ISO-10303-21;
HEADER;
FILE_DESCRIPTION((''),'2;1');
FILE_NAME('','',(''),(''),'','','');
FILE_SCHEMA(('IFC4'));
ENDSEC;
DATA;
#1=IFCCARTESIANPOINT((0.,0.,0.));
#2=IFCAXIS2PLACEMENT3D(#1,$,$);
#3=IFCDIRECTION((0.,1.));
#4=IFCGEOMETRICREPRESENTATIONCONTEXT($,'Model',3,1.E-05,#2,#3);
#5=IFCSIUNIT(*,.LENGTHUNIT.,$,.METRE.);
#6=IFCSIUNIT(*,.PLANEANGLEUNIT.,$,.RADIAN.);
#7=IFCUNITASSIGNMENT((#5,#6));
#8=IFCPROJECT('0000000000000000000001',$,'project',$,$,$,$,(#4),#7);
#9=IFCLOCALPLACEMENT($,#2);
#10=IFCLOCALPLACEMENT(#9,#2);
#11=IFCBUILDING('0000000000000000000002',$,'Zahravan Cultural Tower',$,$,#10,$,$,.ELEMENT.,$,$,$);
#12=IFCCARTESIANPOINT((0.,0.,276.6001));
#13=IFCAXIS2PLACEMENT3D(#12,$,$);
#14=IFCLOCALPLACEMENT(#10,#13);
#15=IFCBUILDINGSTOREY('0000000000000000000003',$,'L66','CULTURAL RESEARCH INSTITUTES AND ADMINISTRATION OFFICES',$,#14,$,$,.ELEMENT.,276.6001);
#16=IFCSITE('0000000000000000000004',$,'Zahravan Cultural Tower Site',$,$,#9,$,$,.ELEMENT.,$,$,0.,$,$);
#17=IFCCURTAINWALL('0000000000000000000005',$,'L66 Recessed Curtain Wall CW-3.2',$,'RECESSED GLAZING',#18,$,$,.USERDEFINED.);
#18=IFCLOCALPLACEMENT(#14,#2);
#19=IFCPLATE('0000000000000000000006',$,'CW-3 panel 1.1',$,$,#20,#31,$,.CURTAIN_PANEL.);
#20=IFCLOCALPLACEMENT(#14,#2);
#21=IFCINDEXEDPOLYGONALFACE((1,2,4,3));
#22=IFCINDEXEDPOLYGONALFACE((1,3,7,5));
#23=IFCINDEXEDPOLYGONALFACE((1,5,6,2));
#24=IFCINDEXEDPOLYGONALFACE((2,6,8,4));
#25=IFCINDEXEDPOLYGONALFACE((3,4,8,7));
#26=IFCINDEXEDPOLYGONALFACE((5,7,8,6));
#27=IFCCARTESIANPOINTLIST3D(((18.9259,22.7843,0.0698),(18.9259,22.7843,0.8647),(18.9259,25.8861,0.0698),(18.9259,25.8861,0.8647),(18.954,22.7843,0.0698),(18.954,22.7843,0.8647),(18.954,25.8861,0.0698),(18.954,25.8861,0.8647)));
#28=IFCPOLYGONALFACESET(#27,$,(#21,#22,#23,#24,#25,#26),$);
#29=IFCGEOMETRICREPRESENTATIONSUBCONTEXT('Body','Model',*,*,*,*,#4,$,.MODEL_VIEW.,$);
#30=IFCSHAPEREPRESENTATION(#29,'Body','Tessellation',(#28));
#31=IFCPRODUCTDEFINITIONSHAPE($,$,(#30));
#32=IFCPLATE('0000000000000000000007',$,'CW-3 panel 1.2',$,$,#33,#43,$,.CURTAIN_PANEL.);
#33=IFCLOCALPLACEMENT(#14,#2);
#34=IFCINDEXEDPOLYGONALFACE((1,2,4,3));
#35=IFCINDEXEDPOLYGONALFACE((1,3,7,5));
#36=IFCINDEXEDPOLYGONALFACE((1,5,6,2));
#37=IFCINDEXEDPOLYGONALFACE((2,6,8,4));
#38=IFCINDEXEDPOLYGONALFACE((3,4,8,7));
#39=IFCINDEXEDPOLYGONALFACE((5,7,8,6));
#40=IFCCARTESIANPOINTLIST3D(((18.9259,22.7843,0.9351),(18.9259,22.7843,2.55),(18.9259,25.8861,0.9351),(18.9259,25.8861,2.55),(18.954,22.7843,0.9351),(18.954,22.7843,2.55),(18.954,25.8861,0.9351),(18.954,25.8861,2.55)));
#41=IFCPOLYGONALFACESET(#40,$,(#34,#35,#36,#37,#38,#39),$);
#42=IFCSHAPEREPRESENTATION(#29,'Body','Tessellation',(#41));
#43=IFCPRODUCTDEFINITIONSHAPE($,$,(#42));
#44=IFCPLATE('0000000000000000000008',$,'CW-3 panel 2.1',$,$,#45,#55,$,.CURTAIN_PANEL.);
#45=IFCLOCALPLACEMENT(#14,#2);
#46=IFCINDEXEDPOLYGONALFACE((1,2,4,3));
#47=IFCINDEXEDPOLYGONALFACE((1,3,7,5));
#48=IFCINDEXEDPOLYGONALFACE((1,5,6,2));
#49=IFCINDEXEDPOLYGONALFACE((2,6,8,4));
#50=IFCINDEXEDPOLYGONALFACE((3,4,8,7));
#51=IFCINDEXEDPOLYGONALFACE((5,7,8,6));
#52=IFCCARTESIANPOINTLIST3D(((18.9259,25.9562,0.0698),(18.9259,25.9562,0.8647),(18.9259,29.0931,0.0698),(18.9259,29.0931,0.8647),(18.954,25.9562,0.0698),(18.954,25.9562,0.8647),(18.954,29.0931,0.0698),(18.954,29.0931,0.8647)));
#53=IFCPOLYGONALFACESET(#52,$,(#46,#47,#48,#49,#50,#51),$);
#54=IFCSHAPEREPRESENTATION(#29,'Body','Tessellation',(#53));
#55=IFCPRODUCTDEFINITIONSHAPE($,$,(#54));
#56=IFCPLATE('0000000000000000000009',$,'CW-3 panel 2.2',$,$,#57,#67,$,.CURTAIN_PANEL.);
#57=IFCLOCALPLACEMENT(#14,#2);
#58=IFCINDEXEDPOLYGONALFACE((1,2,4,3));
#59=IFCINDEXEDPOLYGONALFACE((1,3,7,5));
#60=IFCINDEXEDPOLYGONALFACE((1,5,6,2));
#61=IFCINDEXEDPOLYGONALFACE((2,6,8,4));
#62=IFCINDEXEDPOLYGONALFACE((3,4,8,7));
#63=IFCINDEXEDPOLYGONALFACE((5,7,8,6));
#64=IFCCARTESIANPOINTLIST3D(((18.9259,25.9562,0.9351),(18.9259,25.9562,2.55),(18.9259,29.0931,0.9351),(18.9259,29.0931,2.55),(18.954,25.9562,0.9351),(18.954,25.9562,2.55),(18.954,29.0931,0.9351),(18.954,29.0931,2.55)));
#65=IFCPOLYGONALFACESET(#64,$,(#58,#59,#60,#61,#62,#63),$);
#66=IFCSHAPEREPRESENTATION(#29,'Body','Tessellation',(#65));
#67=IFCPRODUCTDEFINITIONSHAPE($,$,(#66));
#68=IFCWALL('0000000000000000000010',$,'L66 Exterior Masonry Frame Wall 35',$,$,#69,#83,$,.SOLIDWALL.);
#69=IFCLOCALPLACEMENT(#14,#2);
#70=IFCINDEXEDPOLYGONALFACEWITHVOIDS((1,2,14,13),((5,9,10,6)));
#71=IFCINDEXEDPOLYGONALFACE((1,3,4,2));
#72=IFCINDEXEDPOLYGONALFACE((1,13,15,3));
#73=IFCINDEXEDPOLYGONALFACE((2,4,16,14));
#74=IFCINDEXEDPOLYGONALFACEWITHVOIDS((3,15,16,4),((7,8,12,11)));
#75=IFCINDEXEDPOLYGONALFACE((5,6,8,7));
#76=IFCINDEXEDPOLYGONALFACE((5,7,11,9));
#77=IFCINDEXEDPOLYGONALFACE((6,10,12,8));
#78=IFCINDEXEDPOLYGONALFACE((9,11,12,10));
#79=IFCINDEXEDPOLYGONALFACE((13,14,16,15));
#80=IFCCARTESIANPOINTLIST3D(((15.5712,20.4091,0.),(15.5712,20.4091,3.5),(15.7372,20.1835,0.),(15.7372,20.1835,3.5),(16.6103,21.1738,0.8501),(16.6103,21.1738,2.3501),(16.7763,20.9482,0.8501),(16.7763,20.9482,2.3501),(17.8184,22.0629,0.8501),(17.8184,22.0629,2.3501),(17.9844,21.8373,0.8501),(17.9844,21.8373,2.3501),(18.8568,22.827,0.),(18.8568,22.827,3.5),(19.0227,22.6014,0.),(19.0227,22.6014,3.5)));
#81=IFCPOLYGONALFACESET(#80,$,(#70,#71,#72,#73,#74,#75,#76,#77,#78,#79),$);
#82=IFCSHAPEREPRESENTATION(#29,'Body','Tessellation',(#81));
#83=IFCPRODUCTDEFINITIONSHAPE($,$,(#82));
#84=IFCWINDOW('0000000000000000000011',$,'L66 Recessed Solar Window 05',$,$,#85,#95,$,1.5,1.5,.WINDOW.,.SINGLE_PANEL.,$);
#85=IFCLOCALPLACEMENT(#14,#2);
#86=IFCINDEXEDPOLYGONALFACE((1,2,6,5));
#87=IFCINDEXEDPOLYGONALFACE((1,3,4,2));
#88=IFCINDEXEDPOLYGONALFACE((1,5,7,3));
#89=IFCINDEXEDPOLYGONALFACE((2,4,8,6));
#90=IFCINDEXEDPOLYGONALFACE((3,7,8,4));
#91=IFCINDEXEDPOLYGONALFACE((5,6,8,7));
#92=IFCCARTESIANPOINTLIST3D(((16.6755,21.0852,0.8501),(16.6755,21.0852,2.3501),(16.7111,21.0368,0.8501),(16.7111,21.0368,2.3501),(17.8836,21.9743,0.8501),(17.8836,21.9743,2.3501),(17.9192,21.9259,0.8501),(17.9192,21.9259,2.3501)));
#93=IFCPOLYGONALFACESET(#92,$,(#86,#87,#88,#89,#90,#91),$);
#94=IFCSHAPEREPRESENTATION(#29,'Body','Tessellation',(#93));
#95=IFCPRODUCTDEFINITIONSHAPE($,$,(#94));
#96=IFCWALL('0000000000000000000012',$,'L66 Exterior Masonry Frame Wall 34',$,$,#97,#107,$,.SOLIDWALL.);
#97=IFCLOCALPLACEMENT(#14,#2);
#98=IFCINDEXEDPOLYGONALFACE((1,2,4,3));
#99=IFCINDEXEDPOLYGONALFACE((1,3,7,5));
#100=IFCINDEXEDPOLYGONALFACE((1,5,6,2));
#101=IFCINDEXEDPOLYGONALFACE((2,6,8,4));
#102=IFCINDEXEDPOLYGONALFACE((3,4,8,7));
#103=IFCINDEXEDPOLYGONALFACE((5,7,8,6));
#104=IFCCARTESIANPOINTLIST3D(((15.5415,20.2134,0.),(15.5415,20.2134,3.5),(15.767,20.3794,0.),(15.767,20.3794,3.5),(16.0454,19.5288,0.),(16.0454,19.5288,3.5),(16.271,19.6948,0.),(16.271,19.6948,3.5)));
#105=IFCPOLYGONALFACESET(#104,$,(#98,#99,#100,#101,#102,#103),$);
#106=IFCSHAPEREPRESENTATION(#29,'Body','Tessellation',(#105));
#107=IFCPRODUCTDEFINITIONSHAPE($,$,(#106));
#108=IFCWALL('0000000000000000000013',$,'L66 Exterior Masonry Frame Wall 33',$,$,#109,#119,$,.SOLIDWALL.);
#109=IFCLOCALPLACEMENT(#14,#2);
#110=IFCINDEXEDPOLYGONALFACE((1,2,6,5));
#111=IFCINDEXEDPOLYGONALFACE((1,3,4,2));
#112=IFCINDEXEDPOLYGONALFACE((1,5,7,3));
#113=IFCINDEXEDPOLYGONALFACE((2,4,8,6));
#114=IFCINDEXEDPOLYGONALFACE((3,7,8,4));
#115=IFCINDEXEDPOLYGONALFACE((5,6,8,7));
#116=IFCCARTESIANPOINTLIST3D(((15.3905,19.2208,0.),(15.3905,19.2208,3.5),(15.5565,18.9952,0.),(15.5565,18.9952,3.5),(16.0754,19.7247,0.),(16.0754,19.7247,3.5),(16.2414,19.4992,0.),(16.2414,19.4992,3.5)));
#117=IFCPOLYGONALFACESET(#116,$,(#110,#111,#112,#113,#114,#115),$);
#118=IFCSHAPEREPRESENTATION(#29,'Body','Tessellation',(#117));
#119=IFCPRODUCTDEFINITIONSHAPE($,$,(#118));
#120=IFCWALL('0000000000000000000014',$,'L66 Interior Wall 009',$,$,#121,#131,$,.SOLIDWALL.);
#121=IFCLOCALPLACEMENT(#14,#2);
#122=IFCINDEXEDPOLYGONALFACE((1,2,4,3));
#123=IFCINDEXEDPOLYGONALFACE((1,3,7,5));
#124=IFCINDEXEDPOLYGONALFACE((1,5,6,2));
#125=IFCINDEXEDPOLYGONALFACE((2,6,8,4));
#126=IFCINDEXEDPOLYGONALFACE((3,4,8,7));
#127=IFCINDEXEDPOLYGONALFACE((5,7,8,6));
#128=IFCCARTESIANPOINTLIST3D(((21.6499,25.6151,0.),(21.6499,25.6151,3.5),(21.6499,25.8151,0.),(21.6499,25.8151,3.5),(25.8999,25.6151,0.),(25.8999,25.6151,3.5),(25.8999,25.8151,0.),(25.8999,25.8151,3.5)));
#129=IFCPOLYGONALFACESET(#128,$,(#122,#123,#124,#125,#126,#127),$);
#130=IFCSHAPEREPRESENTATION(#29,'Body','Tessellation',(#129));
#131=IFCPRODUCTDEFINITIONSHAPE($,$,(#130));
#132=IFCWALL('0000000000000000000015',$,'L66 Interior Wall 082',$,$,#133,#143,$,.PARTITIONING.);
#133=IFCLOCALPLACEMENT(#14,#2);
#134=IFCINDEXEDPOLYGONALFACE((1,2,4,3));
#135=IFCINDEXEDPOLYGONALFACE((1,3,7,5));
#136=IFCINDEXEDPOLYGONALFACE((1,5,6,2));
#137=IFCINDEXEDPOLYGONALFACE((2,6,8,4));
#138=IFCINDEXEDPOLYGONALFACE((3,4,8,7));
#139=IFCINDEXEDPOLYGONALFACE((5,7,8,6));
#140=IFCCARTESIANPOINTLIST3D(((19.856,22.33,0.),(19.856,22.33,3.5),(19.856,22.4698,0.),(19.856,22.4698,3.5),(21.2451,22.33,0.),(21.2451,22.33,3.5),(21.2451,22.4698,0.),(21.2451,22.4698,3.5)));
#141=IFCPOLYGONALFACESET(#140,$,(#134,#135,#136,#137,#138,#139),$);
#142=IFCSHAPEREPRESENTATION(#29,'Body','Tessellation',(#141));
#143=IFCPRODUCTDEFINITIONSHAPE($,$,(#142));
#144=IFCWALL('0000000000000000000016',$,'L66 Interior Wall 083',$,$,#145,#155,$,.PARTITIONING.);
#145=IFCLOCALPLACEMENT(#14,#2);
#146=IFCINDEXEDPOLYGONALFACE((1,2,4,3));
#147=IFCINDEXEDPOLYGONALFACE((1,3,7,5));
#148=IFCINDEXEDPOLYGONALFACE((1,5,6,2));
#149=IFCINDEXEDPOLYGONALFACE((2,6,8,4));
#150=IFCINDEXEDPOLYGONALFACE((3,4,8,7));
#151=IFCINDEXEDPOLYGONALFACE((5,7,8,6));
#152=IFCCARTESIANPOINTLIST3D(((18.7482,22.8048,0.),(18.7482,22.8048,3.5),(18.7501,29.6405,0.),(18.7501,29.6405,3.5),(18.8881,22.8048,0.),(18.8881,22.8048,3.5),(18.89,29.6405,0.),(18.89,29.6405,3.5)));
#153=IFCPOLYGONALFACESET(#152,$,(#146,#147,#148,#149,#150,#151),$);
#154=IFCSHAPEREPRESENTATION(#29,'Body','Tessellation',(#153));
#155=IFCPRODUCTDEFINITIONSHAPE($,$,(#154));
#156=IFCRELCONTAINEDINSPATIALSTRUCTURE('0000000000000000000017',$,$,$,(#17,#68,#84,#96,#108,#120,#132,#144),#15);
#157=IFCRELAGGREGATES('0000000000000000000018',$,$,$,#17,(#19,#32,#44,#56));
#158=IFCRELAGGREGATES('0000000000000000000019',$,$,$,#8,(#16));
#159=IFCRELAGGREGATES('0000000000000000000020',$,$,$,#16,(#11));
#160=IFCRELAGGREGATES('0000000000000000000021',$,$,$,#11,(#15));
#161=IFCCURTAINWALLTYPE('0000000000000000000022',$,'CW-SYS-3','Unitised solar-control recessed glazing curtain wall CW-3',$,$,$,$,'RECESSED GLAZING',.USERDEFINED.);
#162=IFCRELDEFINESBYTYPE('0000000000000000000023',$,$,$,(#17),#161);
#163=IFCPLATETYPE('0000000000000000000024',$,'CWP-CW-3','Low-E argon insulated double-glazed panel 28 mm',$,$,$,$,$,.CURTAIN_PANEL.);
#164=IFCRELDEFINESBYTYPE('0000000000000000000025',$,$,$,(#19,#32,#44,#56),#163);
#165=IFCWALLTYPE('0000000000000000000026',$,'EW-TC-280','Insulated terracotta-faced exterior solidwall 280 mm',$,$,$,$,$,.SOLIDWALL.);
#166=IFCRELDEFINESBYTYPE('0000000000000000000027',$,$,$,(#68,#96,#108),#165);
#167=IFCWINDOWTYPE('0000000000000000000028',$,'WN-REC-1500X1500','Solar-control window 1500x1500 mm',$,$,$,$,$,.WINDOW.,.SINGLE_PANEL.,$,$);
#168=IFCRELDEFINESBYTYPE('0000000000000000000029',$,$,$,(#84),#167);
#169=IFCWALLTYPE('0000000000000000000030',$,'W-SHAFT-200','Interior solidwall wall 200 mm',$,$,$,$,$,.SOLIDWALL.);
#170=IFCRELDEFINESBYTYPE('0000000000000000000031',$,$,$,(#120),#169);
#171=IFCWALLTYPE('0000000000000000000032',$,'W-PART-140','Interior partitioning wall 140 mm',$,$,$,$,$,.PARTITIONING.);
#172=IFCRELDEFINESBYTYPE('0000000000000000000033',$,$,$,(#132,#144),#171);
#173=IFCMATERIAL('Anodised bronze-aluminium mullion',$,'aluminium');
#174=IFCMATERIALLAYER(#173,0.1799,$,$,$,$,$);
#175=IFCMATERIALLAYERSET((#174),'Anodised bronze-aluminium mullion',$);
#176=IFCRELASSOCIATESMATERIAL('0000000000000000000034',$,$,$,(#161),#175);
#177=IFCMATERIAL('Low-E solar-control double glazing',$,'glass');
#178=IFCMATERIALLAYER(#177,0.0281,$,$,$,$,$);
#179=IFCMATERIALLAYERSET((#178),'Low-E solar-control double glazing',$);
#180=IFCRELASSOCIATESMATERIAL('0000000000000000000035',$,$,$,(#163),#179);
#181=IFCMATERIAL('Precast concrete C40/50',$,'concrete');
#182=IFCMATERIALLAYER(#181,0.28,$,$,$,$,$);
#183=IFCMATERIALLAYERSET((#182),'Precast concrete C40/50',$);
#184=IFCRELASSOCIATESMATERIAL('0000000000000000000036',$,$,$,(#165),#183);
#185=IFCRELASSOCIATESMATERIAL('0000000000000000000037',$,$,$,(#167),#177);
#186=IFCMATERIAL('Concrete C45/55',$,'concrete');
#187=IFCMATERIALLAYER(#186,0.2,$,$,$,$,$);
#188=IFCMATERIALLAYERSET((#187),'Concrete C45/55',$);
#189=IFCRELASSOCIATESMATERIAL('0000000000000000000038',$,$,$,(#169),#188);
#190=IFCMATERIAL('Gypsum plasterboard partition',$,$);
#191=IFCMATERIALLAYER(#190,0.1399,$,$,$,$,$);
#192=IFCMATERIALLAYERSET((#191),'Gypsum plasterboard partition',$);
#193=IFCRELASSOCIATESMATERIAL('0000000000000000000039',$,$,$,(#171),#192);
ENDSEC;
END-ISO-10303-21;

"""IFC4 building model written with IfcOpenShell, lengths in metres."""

from ifc_helpers import new_model, si_unit, direction, frame, frame_2d, origin, origin_2d, place, context, subcontext, project, spatial, rectangle, extrude, source, transform, mapped, material, layer, layer_set, type_object, element, fill, aggregate, save


model = new_model("IFC4")

# Units and contexts
model_context = context("Model", 3, precision=1e-05, world=origin(), true_north=direction((0.0, 1.0)))
body_context = subcontext(model_context, "Body", "Model", "MODEL_VIEW")
ifc_project = project(units=[si_unit("LENGTHUNIT", "METRE"), si_unit("PLANEANGLEUNIT", "RADIAN")], contexts=[model_context])

# Site, building, storey
site_placement = place(None, origin())
site = spatial("IfcSite", under=ifc_project, at=site_placement, Name="Zahravan Cultural Tower Site", CompositionType="ELEMENT", RefElevation=0.0)
building_placement = place(site_placement, origin())
building = spatial("IfcBuilding", under=site, at=building_placement, Name="Zahravan Cultural Tower", CompositionType="ELEMENT")
storey_placement = place(building_placement, frame((0.0, 0.0, 276.6001)))
storey = spatial("IfcBuildingStorey", under=building, at=storey_placement, Name="L66", Description="CULTURAL RESEARCH INSTITUTES AND ADMINISTRATION OFFICES", CompositionType="ELEMENT", Elevation=276.6001)

# Curtain wall, plates
ifc_material_1 = material(Name="Anodised bronze-aluminium mullion", Category="aluminium")
ifc_layer_1 = layer(ifc_material_1, 0.1799)
ifc_layer_set_1 = layer_set([ifc_layer_1], Name="Anodised bronze-aluminium mullion")
curtain_wall_type = type_object("IfcCurtainWallType", Name="CW-SYS-3", Description="Unitised solar-control recessed glazing curtain wall CW-3", ElementType="RECESSED GLAZING", PredefinedType="USERDEFINED", material=ifc_layer_set_1)
curtain_wall_placement = place(storey_placement, origin())
curtain_wall = element("IfcCurtainWall", 1, at=curtain_wall_placement, inside=storey, type_object=curtain_wall_type, Name="L66 Recessed Curtain Wall CW-3.2", ObjectType="RECESSED GLAZING", PredefinedType="USERDEFINED")
ifc_material_2 = material(Name="Low-E solar-control double glazing", Category="glass")
ifc_layer_2 = layer(ifc_material_2, 0.0281)
ifc_layer_set_2 = layer_set([ifc_layer_2], Name="Low-E solar-control double glazing")
plate_type = type_object("IfcPlateType", Name="CWP-CW-3", Description="Low-E argon insulated double-glazed panel 28 mm", PredefinedType="CURTAIN_PANEL", material=ifc_layer_set_2)
shared_shape_1 = source(origin(), body_context, "Body", "SweptSolid", [
    extrude(rectangle(XDim=3.1018, YDim=0.0281, at=origin_2d()), origin(), (0.0, 0.0, 1.0), 0.7949),
])
plate_1_placement = place(storey_placement, frame((18.9399, 24.3352, 0.0698), z_axis=(0.0, 0.0, 1.0), x_axis=(0.0, 1.0, 0.0)))
plate_1 = element("IfcPlate", 2, at=plate_1_placement, type_object=plate_type, Name="CW-3 panel 1.1", PredefinedType="CURTAIN_PANEL", context=body_context, shape_type="MappedRepresentation", body=[
    mapped(shared_shape_1, transform((0.0, 0.0, 0.0), x_axis=(1.0, 0.0, 0.0), y_axis=(0.0, 1.0, 0.0), z_axis=(0.0, 0.0, 1.0), scale=1.0)),
])
shared_shape_2 = source(origin(), body_context, "Body", "SweptSolid", [
    extrude(rectangle(XDim=3.1018, YDim=0.0281, at=origin_2d()), origin(), (0.0, 0.0, 1.0), 1.615),
])
plate_2_placement = place(storey_placement, frame((18.9399, 24.3352, 0.9351), z_axis=(0.0, 0.0, 1.0), x_axis=(0.0, 1.0, 0.0)))
plate_2 = element("IfcPlate", 3, at=plate_2_placement, type_object=plate_type, Name="CW-3 panel 1.2", PredefinedType="CURTAIN_PANEL", context=body_context, shape_type="MappedRepresentation", body=[
    mapped(shared_shape_2, transform((0.0, 0.0, 0.0), x_axis=(1.0, 0.0, 0.0), y_axis=(0.0, 1.0, 0.0), z_axis=(0.0, 0.0, 1.0), scale=1.0)),
])
shared_shape_3 = source(origin(), body_context, "Body", "SweptSolid", [
    extrude(rectangle(XDim=3.137, YDim=0.0281, at=origin_2d()), origin(), (0.0, 0.0, 1.0), 0.7949),
])
plate_3_placement = place(storey_placement, frame((18.9399, 27.5247, 0.0698), z_axis=(0.0, 0.0, 1.0), x_axis=(0.0, 1.0, 0.0)))
plate_3 = element("IfcPlate", 4, at=plate_3_placement, type_object=plate_type, Name="CW-3 panel 2.1", PredefinedType="CURTAIN_PANEL", context=body_context, shape_type="MappedRepresentation", body=[
    mapped(shared_shape_3, transform((0.0, 0.0, 0.0), x_axis=(1.0, 0.0, 0.0), y_axis=(0.0, 1.0, 0.0), z_axis=(0.0, 0.0, 1.0), scale=1.0)),
])
shared_shape_4 = source(origin(), body_context, "Body", "SweptSolid", [
    extrude(rectangle(XDim=3.137, YDim=0.0281, at=origin_2d()), origin(), (0.0, 0.0, 1.0), 1.615),
])
plate_4_placement = place(storey_placement, frame((18.9399, 27.5247, 0.9351), z_axis=(0.0, 0.0, 1.0), x_axis=(0.0, 1.0, 0.0)))
plate_4 = element("IfcPlate", 5, at=plate_4_placement, type_object=plate_type, Name="CW-3 panel 2.2", PredefinedType="CURTAIN_PANEL", context=body_context, shape_type="MappedRepresentation", body=[
    mapped(shared_shape_4, transform((0.0, 0.0, 0.0), x_axis=(1.0, 0.0, 0.0), y_axis=(0.0, 1.0, 0.0), z_axis=(0.0, 0.0, 1.0), scale=1.0)),
])
aggregate(curtain_wall, [plate_1, plate_2, plate_3, plate_4])

# Wall, opening, window
ifc_material_3 = material(Name="Precast concrete C40/50", Category="concrete")
ifc_layer_3 = layer(ifc_material_3, 0.28)
ifc_layer_set_3 = layer_set([ifc_layer_3], Name="Precast concrete C40/50")
wall_type_1 = type_object("IfcWallType", Name="EW-TC-280", Description="Insulated terracotta-faced exterior solidwall 280 mm", PredefinedType="SOLIDWALL", material=ifc_layer_set_3)
wall_1_placement = place(storey_placement, frame((15.6543, 20.2964, 0.0), z_axis=(0.0, 0.0, 1.0), x_axis=(0.805411, 0.592717, 0.0)))
wall_1 = element("IfcWall", 6, at=wall_1_placement, inside=storey, type_object=wall_type_1, Name="L66 Exterior Masonry Frame Wall 35", PredefinedType="SOLIDWALL", context=body_context, shape_type="SweptSolid", body=[
    extrude(rectangle(XDim=4.0793, YDim=0.28, at=frame_2d((2.0396, 0.0))), origin(), (0.0, 0.0, 1.0), 3.5),
])
opening_placement = place(wall_1_placement, frame((1.29, 0.0, 0.8501)))
opening = element("IfcOpeningElement", 7, at=opening_placement, cuts=wall_1, PredefinedType="OPENING", context=body_context, shape_type="SweptSolid", body=[
    extrude(rectangle(XDim=1.5, YDim=1.5, at=frame_2d((0.75, 0.75))), frame((0.0, 0.1499, 0.0), z_axis=(0.0, -1.0, 0.0), x_axis=(1.0, 0.0, 0.0)), (0.0, 0.0, 1.0), 0.3),
])
window_type = type_object("IfcWindowType", Name="WN-REC-1500X1500", Description="Solar-control window 1500x1500 mm", PartitioningType="SINGLE_PANEL", PredefinedType="WINDOW", material=ifc_material_2)
shared_shape_5 = source(origin(), body_context, "Body", "SweptSolid", [
    extrude(rectangle(XDim=1.5, YDim=1.5, at=frame_2d((0.75, 0.75))), frame((0.0, 0.03, 0.0), z_axis=(0.0, -1.0, 0.0), x_axis=(1.0, 0.0, 0.0)), (0.0, 0.0, 1.0), 0.0601),
])
window_placement = place(opening_placement, origin())
window = element("IfcWindow", 8, at=window_placement, inside=storey, type_object=window_type, Name="L66 Recessed Solar Window 05", OverallHeight=1.5, OverallWidth=1.5, PartitioningType="SINGLE_PANEL", PredefinedType="WINDOW", context=body_context, shape_type="MappedRepresentation", body=[
    mapped(shared_shape_5, transform((0.0, 0.0, 0.0), x_axis=(1.0, 0.0, 0.0), y_axis=(0.0, 1.0, 0.0), z_axis=(0.0, 0.0, 1.0), scale=1.0)),
])
fill(opening, window)

# Walls
shared_shape_6 = source(origin(), body_context, "Body", "SweptSolid", [
    extrude(rectangle(XDim=0.8501, YDim=0.28, at=frame_2d((0.425, 0.0))), origin(), (0.0, 0.0, 1.0), 3.5),
])
wall_2_placement = place(storey_placement, frame((16.1582, 19.6118, 0.0), z_axis=(0.0, 0.0, 1.0), x_axis=(-0.592807, 0.805345, 0.0)))
element("IfcWall", 9, at=wall_2_placement, inside=storey, type_object=wall_type_1, Name="L66 Exterior Masonry Frame Wall 34", PredefinedType="SOLIDWALL", context=body_context, shape_type="MappedRepresentation", body=[
    mapped(shared_shape_6, transform((0.0, 0.0, 0.0), x_axis=(1.0, 0.0, 0.0), y_axis=(0.0, 1.0, 0.0), z_axis=(0.0, 0.0, 1.0), scale=1.0)),
])
shared_shape_7 = source(origin(), body_context, "Body", "SweptSolid", [
    extrude(rectangle(XDim=0.8503, YDim=0.28, at=frame_2d((0.4253, 0.0))), origin(), (0.0, 0.0, 1.0), 3.5),
])
wall_3_placement = place(storey_placement, frame((15.4734, 19.1079, 0.0), z_axis=(0.0, 0.0, 1.0), x_axis=(0.805445, 0.59267, 0.0)))
element("IfcWall", 10, at=wall_3_placement, inside=storey, type_object=wall_type_1, Name="L66 Exterior Masonry Frame Wall 33", PredefinedType="SOLIDWALL", context=body_context, shape_type="MappedRepresentation", body=[
    mapped(shared_shape_7, transform((0.0, 0.0, 0.0), x_axis=(1.0, 0.0, 0.0), y_axis=(0.0, 1.0, 0.0), z_axis=(0.0, 0.0, 1.0), scale=1.0)),
])
ifc_material_4 = material(Name="Concrete C45/55", Category="concrete")
ifc_layer_4 = layer(ifc_material_4, 0.2)
ifc_layer_set_4 = layer_set([ifc_layer_4], Name="Concrete C45/55")
wall_type_2 = type_object("IfcWallType", Name="W-SHAFT-200", Description="Interior solidwall wall 200 mm", PredefinedType="SOLIDWALL", material=ifc_layer_set_4)
shared_shape_8 = source(origin(), body_context, "Body", "SweptSolid", [
    extrude(rectangle(XDim=4.25, YDim=0.2, at=frame_2d((2.125, 0.0))), origin(), (0.0, 0.0, 1.0), 3.5),
])
wall_4_placement = place(storey_placement, frame((21.6499, 25.7151, 0.0), z_axis=(0.0, 0.0, 1.0), x_axis=(1.0, 0.0, 0.0)))
element("IfcWall", 11, at=wall_4_placement, inside=storey, type_object=wall_type_2, Name="L66 Interior Wall 009", PredefinedType="SOLIDWALL", context=body_context, shape_type="MappedRepresentation", body=[
    mapped(shared_shape_8, transform((0.0, 0.0, 0.0), x_axis=(1.0, 0.0, 0.0), y_axis=(0.0, 1.0, 0.0), z_axis=(0.0, 0.0, 1.0), scale=1.0)),
])
ifc_material_5 = material(Name="Gypsum plasterboard partition")
ifc_layer_5 = layer(ifc_material_5, 0.1399)
ifc_layer_set_5 = layer_set([ifc_layer_5], Name="Gypsum plasterboard partition")
wall_type_3 = type_object("IfcWallType", Name="W-PART-140", Description="Interior partitioning wall 140 mm", PredefinedType="PARTITIONING", material=ifc_layer_set_5)
shared_shape_9 = source(origin(), body_context, "Body", "SweptSolid", [
    extrude(rectangle(XDim=1.3892, YDim=0.1399, at=frame_2d((0.6946, 0.0))), origin(), (0.0, 0.0, 1.0), 3.5),
])
wall_5_placement = place(storey_placement, frame((19.856, 22.3999, 0.0), z_axis=(0.0, 0.0, 1.0), x_axis=(1.0, 0.0, 0.0)))
element("IfcWall", 12, at=wall_5_placement, inside=storey, type_object=wall_type_3, Name="L66 Interior Wall 082", PredefinedType="PARTITIONING", context=body_context, shape_type="MappedRepresentation", body=[
    mapped(shared_shape_9, transform((0.0, 0.0, 0.0), x_axis=(1.0, 0.0, 0.0), y_axis=(0.0, 1.0, 0.0), z_axis=(0.0, 0.0, 1.0), scale=1.0)),
])
shared_shape_10 = source(origin(), body_context, "Body", "SweptSolid", [
    extrude(rectangle(XDim=6.8357, YDim=0.1399, at=frame_2d((3.418, 0.0))), origin(), (0.0, 0.0, 1.0), 3.5),
])
wall_6_placement = place(storey_placement, frame((18.8181, 22.8047, 0.0), z_axis=(0.0, 0.0, 1.0), x_axis=(0.000286, 1.0, 0.0)))
element("IfcWall", 13, at=wall_6_placement, inside=storey, type_object=wall_type_3, Name="L66 Interior Wall 083", PredefinedType="PARTITIONING", context=body_context, shape_type="MappedRepresentation", body=[
    mapped(shared_shape_10, transform((0.0, 0.0, 0.0), x_axis=(1.0, 0.0, 0.0), y_axis=(0.0, 1.0, 0.0), z_axis=(0.0, 0.0, 1.0), scale=1.0)),
])

save(model, "model.ifc")
